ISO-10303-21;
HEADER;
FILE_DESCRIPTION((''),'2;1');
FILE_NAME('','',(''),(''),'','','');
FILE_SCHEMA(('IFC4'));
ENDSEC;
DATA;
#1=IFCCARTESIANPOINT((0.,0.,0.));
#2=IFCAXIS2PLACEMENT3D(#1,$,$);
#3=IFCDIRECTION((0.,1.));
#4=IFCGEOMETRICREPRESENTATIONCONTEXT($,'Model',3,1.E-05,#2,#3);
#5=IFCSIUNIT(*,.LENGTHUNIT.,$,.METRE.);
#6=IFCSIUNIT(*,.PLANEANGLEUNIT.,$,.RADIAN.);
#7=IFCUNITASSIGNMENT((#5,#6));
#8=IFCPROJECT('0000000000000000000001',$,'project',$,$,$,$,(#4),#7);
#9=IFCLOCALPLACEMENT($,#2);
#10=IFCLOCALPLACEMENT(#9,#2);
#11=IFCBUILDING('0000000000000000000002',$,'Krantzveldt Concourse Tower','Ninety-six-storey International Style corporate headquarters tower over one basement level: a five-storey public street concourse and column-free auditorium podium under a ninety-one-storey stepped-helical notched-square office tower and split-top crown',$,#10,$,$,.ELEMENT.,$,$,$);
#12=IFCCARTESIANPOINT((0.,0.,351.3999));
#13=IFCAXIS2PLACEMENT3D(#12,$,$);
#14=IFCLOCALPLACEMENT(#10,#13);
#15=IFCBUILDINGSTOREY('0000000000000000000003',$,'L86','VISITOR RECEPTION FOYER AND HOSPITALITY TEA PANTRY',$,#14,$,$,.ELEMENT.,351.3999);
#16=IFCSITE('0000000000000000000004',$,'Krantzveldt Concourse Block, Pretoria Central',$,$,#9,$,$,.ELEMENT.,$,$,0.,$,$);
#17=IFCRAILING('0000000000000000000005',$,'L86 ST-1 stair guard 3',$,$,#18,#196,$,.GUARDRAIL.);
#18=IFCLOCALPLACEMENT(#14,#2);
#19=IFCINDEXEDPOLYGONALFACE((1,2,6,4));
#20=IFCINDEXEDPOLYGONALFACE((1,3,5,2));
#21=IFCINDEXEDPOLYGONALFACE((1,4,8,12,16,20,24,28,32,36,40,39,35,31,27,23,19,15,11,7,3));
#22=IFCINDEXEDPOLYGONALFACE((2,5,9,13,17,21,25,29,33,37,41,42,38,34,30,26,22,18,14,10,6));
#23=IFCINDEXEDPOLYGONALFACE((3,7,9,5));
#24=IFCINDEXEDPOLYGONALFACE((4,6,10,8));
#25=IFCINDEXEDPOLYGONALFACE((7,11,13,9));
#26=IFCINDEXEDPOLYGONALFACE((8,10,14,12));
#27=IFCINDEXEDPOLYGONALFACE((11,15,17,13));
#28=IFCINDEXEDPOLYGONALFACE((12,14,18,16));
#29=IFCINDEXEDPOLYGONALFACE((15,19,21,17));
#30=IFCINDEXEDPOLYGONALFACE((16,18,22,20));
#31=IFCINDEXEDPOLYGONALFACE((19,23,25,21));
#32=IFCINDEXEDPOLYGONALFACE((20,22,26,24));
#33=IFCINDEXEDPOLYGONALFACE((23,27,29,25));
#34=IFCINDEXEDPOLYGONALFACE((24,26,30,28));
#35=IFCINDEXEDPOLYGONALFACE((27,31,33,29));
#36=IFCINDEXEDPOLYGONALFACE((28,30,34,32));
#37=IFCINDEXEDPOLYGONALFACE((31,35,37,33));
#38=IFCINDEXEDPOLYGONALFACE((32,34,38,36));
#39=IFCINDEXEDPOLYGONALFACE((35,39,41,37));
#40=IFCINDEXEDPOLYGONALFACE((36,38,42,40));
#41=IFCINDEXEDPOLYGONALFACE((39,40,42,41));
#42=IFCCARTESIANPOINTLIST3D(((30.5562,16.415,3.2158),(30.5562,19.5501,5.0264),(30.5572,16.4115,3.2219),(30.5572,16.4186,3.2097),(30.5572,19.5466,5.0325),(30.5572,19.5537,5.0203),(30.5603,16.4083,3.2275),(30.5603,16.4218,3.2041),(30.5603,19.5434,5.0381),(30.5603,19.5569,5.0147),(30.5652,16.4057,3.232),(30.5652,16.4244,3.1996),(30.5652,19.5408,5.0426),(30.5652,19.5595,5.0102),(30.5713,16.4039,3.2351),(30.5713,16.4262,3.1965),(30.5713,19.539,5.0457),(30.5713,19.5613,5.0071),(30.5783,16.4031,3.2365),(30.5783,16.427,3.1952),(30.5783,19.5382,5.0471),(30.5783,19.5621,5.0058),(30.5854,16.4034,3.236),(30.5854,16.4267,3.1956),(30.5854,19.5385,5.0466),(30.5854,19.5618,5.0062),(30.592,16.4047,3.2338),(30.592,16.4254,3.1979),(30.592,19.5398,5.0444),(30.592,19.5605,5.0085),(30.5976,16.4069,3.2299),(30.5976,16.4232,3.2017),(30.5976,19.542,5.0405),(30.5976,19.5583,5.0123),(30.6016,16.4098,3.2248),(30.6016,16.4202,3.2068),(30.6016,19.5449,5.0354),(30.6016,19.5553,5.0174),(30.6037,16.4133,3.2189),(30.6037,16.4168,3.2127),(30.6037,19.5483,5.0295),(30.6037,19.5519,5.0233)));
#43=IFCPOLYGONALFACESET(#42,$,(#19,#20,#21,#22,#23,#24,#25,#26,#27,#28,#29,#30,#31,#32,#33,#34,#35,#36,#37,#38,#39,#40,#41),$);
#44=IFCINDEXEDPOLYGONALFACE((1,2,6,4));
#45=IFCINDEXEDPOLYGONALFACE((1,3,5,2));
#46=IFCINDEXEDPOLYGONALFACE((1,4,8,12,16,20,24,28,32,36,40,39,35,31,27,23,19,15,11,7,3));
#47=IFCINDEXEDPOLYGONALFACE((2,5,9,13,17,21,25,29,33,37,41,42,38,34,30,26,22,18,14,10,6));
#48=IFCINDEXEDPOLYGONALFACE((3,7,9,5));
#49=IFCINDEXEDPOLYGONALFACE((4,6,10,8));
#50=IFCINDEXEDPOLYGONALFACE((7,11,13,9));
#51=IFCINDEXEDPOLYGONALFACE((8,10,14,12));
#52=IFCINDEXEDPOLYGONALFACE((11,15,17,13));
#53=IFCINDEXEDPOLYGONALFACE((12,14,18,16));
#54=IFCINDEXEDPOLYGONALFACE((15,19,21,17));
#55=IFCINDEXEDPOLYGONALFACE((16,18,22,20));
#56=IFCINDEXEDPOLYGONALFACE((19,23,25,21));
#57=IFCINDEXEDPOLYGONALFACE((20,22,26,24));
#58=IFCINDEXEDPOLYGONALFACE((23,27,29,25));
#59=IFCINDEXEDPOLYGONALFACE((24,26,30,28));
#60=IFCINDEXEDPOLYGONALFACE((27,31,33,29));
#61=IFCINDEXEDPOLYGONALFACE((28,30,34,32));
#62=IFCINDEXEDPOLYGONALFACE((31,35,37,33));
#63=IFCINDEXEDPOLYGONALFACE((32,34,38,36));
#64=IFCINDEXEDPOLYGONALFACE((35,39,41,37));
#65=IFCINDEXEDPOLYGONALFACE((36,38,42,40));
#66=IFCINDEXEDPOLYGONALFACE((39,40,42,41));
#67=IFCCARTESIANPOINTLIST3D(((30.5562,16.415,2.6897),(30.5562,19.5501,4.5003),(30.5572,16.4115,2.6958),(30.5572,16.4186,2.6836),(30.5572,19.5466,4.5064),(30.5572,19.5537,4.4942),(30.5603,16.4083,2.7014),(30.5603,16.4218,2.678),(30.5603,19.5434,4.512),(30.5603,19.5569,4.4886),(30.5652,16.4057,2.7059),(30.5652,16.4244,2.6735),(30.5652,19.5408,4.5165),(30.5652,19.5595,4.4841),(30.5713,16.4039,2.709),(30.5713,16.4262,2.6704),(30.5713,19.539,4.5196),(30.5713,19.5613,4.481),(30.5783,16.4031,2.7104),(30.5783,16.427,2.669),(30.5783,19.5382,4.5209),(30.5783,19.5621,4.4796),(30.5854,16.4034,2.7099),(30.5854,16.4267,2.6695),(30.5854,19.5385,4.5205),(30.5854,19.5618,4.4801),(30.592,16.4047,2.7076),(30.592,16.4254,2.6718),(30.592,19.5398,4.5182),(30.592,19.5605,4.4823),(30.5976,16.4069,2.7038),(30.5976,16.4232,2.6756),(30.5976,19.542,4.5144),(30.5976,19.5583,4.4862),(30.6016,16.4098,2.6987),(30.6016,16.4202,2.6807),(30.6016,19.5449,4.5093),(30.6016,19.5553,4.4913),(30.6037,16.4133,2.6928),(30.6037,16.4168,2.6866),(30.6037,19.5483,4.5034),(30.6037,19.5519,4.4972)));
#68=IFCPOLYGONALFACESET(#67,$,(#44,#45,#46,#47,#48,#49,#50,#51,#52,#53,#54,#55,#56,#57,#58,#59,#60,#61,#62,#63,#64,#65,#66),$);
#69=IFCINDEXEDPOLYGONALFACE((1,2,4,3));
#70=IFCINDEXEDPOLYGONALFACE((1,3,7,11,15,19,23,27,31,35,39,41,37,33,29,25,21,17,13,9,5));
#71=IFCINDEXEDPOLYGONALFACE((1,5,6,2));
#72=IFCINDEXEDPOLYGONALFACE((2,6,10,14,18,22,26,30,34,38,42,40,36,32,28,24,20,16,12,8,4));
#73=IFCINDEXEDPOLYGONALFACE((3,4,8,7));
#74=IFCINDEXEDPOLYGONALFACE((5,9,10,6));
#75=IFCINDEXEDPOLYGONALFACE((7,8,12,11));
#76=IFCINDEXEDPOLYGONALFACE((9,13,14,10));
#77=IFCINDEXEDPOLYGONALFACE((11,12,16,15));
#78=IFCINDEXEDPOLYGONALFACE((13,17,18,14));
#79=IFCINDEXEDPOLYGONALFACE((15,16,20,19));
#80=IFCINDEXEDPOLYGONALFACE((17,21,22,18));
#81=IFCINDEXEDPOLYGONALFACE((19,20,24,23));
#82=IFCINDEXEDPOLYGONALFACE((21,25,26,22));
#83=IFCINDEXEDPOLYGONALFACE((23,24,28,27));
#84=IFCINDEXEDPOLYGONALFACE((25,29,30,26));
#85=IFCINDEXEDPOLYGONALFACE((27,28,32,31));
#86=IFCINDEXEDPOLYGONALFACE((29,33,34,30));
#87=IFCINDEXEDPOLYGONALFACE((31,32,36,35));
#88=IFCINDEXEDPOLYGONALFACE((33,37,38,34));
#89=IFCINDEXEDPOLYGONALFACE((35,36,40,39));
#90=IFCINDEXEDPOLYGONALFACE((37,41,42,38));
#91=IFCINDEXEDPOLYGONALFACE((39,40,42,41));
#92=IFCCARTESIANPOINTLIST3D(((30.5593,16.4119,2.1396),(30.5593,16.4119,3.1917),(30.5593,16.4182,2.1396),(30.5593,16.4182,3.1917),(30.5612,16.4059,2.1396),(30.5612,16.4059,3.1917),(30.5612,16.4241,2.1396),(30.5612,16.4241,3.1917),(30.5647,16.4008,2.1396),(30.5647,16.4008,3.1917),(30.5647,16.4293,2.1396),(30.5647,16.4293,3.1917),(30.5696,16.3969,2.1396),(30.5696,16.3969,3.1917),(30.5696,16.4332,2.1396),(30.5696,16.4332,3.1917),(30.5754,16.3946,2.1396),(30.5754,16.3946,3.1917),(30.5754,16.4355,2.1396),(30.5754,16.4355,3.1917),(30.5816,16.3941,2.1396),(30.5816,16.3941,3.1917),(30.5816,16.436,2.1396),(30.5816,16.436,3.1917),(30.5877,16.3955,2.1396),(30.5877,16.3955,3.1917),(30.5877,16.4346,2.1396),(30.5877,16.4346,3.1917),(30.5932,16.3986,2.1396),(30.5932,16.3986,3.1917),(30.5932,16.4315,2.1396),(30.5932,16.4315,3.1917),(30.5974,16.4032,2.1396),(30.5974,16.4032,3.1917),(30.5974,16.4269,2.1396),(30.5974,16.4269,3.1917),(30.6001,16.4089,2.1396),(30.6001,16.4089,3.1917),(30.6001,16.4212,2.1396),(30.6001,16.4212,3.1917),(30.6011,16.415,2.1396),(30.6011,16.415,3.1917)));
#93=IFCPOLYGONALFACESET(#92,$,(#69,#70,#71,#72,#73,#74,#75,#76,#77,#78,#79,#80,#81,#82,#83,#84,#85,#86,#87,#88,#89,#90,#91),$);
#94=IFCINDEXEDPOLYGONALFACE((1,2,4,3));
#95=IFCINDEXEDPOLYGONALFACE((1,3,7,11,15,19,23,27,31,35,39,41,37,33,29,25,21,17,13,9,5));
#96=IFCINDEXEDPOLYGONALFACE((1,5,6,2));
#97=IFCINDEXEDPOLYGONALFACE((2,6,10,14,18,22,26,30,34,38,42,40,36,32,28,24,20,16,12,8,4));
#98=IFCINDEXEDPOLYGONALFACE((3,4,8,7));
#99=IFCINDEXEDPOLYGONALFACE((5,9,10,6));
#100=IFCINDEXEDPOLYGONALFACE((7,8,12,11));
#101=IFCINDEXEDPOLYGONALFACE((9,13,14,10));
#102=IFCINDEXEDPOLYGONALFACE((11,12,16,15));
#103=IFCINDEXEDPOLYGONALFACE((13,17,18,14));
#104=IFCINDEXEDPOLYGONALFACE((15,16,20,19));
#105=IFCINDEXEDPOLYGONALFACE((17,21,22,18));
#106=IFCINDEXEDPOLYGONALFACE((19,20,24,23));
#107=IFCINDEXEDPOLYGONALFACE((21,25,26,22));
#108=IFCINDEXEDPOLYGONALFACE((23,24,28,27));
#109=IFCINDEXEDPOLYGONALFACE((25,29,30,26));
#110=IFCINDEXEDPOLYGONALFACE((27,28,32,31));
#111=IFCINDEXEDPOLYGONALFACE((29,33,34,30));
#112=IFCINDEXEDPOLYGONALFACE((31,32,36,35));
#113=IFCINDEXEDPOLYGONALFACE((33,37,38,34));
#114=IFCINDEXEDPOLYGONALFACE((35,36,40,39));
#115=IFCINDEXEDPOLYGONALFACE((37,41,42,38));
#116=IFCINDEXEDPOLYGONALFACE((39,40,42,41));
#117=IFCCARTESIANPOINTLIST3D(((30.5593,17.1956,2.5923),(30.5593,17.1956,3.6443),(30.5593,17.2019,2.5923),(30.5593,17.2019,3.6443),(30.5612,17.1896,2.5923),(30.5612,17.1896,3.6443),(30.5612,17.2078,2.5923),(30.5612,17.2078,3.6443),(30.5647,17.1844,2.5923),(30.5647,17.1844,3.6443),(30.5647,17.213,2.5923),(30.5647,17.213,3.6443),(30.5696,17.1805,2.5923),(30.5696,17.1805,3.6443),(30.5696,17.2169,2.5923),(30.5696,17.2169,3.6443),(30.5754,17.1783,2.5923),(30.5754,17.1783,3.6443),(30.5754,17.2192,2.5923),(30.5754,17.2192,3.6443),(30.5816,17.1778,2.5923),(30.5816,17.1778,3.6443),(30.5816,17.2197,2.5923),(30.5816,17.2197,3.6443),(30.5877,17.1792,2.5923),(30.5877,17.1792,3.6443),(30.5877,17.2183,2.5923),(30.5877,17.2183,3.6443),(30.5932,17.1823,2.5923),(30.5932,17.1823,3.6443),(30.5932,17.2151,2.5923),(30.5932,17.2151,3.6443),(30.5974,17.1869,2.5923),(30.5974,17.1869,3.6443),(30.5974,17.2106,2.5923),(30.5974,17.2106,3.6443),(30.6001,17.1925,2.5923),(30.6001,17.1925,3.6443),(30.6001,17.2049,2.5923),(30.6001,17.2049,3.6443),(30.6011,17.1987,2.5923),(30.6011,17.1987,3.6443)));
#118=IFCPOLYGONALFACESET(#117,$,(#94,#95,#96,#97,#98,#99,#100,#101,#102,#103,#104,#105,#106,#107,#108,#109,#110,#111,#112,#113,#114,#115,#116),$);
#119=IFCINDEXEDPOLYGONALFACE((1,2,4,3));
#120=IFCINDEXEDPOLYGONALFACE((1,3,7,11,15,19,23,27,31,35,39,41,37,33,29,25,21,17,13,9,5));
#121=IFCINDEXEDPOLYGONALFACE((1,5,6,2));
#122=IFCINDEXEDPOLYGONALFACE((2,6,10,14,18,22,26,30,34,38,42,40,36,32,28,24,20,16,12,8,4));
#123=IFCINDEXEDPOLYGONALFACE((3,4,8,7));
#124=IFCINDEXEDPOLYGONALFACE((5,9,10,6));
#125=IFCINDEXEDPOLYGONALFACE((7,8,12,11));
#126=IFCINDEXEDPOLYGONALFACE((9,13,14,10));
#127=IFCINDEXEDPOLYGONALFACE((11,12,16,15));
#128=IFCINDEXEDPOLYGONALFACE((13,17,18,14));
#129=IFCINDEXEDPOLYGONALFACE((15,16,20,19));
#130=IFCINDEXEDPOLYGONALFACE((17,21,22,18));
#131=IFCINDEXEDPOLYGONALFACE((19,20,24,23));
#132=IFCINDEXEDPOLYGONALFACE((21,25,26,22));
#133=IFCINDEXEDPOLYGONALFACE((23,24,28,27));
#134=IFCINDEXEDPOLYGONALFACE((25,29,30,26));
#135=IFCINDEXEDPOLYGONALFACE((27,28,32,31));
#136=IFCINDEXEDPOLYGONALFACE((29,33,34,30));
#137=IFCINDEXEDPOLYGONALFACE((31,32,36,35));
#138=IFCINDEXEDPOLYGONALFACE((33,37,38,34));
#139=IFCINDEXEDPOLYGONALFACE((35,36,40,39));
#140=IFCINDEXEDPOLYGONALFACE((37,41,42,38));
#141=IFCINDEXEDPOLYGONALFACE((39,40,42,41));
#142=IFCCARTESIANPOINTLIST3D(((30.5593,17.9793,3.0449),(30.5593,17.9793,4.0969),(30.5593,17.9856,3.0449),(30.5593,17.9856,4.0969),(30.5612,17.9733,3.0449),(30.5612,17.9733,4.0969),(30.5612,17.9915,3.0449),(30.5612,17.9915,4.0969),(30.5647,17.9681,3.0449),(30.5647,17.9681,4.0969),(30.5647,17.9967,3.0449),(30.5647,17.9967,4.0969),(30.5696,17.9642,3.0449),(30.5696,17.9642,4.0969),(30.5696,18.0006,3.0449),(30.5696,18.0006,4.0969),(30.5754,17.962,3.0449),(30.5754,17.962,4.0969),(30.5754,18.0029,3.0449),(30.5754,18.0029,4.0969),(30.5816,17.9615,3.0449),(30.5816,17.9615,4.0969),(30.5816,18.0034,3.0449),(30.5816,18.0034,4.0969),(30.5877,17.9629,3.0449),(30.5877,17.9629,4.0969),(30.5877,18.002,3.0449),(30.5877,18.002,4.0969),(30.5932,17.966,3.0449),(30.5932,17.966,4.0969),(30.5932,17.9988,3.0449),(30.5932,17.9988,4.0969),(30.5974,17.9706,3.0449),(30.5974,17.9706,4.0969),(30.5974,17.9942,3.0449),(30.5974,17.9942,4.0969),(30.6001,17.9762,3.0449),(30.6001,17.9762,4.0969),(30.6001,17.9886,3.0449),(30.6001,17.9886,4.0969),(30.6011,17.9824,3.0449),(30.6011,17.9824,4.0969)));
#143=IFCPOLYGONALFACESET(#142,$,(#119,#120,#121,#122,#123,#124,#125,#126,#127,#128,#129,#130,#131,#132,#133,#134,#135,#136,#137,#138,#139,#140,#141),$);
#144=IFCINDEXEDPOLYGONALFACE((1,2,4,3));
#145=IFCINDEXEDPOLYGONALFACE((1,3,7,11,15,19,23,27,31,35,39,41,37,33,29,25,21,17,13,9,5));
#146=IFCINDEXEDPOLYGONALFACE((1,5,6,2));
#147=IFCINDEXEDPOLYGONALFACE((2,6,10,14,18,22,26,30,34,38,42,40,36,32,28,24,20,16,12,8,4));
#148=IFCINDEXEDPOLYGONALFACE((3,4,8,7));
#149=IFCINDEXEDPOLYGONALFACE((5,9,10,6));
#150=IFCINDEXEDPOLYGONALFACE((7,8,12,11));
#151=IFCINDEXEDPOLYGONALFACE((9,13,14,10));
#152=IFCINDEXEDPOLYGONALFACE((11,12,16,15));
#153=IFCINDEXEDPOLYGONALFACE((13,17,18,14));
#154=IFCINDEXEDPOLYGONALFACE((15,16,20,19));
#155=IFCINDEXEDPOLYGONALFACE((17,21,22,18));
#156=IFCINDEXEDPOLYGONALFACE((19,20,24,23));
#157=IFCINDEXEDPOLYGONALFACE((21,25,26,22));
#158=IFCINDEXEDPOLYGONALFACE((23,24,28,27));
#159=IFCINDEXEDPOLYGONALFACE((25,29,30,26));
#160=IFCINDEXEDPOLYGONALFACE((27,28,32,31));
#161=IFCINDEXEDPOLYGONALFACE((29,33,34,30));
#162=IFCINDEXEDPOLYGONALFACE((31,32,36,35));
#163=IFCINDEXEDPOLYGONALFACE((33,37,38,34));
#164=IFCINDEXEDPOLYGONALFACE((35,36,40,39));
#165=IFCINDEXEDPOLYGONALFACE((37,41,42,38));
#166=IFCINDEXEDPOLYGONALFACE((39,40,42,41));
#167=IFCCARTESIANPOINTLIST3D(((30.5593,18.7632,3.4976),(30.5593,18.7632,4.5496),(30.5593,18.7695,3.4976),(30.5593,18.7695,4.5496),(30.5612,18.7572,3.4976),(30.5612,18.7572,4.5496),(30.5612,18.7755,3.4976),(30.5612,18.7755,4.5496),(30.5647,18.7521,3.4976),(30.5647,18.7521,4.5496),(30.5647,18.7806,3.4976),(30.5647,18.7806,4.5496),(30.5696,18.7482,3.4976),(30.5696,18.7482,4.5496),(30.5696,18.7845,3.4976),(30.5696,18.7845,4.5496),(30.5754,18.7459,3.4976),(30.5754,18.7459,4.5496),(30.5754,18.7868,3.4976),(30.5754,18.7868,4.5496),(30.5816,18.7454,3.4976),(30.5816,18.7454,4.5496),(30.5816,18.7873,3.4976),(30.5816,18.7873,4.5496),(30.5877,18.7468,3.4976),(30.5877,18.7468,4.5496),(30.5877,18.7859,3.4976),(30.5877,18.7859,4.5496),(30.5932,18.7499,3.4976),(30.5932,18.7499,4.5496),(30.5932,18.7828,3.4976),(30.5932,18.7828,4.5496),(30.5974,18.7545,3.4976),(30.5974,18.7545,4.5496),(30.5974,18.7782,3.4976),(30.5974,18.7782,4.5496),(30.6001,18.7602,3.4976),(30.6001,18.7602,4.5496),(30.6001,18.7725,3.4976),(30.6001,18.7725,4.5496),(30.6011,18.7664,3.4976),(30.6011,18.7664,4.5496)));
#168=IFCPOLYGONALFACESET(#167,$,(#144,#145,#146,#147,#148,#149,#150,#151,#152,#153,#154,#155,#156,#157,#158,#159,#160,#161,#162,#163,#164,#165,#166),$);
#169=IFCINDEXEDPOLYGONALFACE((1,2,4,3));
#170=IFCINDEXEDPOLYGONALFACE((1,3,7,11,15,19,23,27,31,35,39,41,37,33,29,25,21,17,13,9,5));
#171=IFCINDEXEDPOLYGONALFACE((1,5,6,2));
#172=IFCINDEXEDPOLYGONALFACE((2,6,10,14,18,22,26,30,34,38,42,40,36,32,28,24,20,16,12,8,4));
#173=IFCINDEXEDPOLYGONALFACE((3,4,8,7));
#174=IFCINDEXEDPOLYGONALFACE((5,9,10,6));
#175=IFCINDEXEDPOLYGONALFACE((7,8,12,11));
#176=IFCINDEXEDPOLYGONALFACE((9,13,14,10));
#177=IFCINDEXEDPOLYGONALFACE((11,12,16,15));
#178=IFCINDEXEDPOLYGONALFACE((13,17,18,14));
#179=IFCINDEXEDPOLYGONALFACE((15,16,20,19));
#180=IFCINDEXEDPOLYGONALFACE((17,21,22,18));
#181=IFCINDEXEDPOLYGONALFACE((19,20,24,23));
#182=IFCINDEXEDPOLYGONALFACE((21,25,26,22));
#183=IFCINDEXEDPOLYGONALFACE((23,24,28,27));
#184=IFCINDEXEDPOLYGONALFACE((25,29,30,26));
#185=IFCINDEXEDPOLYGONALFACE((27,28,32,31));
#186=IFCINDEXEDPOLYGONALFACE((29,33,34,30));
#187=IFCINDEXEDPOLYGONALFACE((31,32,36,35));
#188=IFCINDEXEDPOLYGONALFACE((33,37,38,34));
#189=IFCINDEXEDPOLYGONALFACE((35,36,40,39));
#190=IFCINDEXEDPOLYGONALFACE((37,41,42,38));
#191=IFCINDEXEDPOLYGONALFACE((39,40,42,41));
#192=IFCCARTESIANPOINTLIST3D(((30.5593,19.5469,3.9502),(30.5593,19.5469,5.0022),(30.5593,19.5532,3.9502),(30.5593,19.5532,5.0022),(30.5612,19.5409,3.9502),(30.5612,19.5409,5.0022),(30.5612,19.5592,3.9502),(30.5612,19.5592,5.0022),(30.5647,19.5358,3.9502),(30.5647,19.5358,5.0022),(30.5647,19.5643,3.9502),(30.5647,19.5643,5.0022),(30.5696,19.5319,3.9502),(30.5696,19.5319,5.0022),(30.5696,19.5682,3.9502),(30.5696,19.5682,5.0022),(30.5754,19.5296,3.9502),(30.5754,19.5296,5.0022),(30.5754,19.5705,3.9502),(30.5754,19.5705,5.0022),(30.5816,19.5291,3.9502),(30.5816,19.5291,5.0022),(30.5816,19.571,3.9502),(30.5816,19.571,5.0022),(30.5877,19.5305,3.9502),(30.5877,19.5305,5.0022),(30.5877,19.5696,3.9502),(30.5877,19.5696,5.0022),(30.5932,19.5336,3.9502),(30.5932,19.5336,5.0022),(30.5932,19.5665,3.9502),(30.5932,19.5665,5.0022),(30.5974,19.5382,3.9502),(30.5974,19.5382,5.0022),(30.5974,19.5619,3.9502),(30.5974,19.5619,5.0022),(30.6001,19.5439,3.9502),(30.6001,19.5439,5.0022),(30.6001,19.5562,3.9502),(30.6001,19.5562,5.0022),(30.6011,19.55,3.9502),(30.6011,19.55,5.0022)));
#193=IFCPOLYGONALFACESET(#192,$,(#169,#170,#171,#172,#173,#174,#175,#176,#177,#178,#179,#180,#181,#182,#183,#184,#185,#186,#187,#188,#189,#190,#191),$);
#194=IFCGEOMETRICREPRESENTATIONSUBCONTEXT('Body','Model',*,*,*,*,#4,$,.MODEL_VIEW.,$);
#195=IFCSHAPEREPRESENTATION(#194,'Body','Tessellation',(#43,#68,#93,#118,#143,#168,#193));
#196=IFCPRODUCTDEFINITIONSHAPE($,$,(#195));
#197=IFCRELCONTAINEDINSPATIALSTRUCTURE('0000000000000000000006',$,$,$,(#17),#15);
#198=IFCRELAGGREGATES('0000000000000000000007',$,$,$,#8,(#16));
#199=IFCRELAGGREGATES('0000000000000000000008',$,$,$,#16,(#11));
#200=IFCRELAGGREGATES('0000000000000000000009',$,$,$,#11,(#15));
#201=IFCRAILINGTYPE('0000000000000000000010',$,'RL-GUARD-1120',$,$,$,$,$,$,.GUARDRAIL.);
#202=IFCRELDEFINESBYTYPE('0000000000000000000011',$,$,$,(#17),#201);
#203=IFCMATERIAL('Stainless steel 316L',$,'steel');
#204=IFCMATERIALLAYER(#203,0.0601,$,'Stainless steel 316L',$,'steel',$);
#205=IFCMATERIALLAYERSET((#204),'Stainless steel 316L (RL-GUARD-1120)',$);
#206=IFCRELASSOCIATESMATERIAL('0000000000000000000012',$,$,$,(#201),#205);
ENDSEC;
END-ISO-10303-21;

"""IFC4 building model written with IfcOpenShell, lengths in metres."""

from ifc_helpers import new_model, si_unit, direction, frame, origin, origin_2d, place, context, subcontext, project, spatial, circle, extrude, material, layer, layer_set, type_object, element, save


model = new_model("IFC4")

# Units and contexts
model_context = context("Model", 3, precision=1e-05, world=origin(), true_north=direction((0.0, 1.0)))
body_context = subcontext(model_context, "Body", "Model", "MODEL_VIEW")
ifc_project = project(units=[si_unit("LENGTHUNIT", "METRE"), si_unit("PLANEANGLEUNIT", "RADIAN")], contexts=[model_context])

# Site, building, storey
site_placement = place(None, origin())
site = spatial("IfcSite", under=ifc_project, at=site_placement, Name="Krantzveldt Concourse Block, Pretoria Central", CompositionType="ELEMENT", RefElevation=0.0)
building_placement = place(site_placement, origin())
building = spatial("IfcBuilding", under=site, at=building_placement, Name="Krantzveldt Concourse Tower", Description="Ninety-six-storey International Style corporate headquarters tower over one basement level: a five-storey public street concourse and column-free auditorium podium under a ninety-one-storey stepped-helical notched-square office tower and split-top crown", CompositionType="ELEMENT")
storey_placement = place(building_placement, frame((0.0, 0.0, 351.3999)))
storey = spatial("IfcBuildingStorey", under=building, at=storey_placement, Name="L86", Description="VISITOR RECEPTION FOYER AND HOSPITALITY TEA PANTRY", CompositionType="ELEMENT", Elevation=351.3999)

# Shared definitions
ifc_material_1 = material(Name="Stainless steel 316L", Category="steel")

# Railing
ifc_layer_1 = layer(ifc_material_1, 0.0601, Name="Stainless steel 316L", Category="steel")
ifc_layer_set_1 = layer_set([ifc_layer_1], Name="Stainless steel 316L (RL-GUARD-1120)")
railing_type_1 = type_object("IfcRailingType", Name="RL-GUARD-1120", PredefinedType="GUARDRAIL", material=ifc_layer_set_1)
railing_1_placement = place(storey_placement, frame((30.5801, 16.415, 2.1396)))
element("IfcRailing", 1, at=railing_1_placement, inside=storey, type_object=railing_type_1, Name="L86 ST-1 stair guard 3", PredefinedType="GUARDRAIL", context=body_context, shape_type="SweptSolid", body=[
    extrude(circle(Radius=0.0239, at=origin_2d()), frame((0.0, 0.0, 1.0762), z_axis=(0.0, 0.86596, 0.500114), x_axis=(-1.0, 0.0, 0.0)), (0.0, 0.0, 1.0), 3.6204),
    extrude(circle(Radius=0.0239, at=origin_2d()), frame((0.0, 0.0, 0.55), z_axis=(0.0, 0.86596, 0.500114), x_axis=(-1.0, 0.0, 0.0)), (0.0, 0.0, 1.0), 3.6204),
    extrude(circle(Radius=0.021, at=origin_2d()), origin(), (0.0, 0.0, 1.0), 1.052),
    extrude(circle(Radius=0.021, at=origin_2d()), frame((0.0, 0.7837, 0.4526)), (0.0, 0.0, 1.0), 1.052),
    extrude(circle(Radius=0.021, at=origin_2d()), frame((0.0, 1.5674, 0.9053)), (0.0, 0.0, 1.0), 1.052),
    extrude(circle(Radius=0.021, at=origin_2d()), frame((0.0, 2.3513, 1.3579)), (0.0, 0.0, 1.0), 1.052),
    extrude(circle(Radius=0.021, at=origin_2d()), frame((0.0, 3.135, 1.8105)), (0.0, 0.0, 1.0), 1.052),
])

save(model, "model.ifc")
